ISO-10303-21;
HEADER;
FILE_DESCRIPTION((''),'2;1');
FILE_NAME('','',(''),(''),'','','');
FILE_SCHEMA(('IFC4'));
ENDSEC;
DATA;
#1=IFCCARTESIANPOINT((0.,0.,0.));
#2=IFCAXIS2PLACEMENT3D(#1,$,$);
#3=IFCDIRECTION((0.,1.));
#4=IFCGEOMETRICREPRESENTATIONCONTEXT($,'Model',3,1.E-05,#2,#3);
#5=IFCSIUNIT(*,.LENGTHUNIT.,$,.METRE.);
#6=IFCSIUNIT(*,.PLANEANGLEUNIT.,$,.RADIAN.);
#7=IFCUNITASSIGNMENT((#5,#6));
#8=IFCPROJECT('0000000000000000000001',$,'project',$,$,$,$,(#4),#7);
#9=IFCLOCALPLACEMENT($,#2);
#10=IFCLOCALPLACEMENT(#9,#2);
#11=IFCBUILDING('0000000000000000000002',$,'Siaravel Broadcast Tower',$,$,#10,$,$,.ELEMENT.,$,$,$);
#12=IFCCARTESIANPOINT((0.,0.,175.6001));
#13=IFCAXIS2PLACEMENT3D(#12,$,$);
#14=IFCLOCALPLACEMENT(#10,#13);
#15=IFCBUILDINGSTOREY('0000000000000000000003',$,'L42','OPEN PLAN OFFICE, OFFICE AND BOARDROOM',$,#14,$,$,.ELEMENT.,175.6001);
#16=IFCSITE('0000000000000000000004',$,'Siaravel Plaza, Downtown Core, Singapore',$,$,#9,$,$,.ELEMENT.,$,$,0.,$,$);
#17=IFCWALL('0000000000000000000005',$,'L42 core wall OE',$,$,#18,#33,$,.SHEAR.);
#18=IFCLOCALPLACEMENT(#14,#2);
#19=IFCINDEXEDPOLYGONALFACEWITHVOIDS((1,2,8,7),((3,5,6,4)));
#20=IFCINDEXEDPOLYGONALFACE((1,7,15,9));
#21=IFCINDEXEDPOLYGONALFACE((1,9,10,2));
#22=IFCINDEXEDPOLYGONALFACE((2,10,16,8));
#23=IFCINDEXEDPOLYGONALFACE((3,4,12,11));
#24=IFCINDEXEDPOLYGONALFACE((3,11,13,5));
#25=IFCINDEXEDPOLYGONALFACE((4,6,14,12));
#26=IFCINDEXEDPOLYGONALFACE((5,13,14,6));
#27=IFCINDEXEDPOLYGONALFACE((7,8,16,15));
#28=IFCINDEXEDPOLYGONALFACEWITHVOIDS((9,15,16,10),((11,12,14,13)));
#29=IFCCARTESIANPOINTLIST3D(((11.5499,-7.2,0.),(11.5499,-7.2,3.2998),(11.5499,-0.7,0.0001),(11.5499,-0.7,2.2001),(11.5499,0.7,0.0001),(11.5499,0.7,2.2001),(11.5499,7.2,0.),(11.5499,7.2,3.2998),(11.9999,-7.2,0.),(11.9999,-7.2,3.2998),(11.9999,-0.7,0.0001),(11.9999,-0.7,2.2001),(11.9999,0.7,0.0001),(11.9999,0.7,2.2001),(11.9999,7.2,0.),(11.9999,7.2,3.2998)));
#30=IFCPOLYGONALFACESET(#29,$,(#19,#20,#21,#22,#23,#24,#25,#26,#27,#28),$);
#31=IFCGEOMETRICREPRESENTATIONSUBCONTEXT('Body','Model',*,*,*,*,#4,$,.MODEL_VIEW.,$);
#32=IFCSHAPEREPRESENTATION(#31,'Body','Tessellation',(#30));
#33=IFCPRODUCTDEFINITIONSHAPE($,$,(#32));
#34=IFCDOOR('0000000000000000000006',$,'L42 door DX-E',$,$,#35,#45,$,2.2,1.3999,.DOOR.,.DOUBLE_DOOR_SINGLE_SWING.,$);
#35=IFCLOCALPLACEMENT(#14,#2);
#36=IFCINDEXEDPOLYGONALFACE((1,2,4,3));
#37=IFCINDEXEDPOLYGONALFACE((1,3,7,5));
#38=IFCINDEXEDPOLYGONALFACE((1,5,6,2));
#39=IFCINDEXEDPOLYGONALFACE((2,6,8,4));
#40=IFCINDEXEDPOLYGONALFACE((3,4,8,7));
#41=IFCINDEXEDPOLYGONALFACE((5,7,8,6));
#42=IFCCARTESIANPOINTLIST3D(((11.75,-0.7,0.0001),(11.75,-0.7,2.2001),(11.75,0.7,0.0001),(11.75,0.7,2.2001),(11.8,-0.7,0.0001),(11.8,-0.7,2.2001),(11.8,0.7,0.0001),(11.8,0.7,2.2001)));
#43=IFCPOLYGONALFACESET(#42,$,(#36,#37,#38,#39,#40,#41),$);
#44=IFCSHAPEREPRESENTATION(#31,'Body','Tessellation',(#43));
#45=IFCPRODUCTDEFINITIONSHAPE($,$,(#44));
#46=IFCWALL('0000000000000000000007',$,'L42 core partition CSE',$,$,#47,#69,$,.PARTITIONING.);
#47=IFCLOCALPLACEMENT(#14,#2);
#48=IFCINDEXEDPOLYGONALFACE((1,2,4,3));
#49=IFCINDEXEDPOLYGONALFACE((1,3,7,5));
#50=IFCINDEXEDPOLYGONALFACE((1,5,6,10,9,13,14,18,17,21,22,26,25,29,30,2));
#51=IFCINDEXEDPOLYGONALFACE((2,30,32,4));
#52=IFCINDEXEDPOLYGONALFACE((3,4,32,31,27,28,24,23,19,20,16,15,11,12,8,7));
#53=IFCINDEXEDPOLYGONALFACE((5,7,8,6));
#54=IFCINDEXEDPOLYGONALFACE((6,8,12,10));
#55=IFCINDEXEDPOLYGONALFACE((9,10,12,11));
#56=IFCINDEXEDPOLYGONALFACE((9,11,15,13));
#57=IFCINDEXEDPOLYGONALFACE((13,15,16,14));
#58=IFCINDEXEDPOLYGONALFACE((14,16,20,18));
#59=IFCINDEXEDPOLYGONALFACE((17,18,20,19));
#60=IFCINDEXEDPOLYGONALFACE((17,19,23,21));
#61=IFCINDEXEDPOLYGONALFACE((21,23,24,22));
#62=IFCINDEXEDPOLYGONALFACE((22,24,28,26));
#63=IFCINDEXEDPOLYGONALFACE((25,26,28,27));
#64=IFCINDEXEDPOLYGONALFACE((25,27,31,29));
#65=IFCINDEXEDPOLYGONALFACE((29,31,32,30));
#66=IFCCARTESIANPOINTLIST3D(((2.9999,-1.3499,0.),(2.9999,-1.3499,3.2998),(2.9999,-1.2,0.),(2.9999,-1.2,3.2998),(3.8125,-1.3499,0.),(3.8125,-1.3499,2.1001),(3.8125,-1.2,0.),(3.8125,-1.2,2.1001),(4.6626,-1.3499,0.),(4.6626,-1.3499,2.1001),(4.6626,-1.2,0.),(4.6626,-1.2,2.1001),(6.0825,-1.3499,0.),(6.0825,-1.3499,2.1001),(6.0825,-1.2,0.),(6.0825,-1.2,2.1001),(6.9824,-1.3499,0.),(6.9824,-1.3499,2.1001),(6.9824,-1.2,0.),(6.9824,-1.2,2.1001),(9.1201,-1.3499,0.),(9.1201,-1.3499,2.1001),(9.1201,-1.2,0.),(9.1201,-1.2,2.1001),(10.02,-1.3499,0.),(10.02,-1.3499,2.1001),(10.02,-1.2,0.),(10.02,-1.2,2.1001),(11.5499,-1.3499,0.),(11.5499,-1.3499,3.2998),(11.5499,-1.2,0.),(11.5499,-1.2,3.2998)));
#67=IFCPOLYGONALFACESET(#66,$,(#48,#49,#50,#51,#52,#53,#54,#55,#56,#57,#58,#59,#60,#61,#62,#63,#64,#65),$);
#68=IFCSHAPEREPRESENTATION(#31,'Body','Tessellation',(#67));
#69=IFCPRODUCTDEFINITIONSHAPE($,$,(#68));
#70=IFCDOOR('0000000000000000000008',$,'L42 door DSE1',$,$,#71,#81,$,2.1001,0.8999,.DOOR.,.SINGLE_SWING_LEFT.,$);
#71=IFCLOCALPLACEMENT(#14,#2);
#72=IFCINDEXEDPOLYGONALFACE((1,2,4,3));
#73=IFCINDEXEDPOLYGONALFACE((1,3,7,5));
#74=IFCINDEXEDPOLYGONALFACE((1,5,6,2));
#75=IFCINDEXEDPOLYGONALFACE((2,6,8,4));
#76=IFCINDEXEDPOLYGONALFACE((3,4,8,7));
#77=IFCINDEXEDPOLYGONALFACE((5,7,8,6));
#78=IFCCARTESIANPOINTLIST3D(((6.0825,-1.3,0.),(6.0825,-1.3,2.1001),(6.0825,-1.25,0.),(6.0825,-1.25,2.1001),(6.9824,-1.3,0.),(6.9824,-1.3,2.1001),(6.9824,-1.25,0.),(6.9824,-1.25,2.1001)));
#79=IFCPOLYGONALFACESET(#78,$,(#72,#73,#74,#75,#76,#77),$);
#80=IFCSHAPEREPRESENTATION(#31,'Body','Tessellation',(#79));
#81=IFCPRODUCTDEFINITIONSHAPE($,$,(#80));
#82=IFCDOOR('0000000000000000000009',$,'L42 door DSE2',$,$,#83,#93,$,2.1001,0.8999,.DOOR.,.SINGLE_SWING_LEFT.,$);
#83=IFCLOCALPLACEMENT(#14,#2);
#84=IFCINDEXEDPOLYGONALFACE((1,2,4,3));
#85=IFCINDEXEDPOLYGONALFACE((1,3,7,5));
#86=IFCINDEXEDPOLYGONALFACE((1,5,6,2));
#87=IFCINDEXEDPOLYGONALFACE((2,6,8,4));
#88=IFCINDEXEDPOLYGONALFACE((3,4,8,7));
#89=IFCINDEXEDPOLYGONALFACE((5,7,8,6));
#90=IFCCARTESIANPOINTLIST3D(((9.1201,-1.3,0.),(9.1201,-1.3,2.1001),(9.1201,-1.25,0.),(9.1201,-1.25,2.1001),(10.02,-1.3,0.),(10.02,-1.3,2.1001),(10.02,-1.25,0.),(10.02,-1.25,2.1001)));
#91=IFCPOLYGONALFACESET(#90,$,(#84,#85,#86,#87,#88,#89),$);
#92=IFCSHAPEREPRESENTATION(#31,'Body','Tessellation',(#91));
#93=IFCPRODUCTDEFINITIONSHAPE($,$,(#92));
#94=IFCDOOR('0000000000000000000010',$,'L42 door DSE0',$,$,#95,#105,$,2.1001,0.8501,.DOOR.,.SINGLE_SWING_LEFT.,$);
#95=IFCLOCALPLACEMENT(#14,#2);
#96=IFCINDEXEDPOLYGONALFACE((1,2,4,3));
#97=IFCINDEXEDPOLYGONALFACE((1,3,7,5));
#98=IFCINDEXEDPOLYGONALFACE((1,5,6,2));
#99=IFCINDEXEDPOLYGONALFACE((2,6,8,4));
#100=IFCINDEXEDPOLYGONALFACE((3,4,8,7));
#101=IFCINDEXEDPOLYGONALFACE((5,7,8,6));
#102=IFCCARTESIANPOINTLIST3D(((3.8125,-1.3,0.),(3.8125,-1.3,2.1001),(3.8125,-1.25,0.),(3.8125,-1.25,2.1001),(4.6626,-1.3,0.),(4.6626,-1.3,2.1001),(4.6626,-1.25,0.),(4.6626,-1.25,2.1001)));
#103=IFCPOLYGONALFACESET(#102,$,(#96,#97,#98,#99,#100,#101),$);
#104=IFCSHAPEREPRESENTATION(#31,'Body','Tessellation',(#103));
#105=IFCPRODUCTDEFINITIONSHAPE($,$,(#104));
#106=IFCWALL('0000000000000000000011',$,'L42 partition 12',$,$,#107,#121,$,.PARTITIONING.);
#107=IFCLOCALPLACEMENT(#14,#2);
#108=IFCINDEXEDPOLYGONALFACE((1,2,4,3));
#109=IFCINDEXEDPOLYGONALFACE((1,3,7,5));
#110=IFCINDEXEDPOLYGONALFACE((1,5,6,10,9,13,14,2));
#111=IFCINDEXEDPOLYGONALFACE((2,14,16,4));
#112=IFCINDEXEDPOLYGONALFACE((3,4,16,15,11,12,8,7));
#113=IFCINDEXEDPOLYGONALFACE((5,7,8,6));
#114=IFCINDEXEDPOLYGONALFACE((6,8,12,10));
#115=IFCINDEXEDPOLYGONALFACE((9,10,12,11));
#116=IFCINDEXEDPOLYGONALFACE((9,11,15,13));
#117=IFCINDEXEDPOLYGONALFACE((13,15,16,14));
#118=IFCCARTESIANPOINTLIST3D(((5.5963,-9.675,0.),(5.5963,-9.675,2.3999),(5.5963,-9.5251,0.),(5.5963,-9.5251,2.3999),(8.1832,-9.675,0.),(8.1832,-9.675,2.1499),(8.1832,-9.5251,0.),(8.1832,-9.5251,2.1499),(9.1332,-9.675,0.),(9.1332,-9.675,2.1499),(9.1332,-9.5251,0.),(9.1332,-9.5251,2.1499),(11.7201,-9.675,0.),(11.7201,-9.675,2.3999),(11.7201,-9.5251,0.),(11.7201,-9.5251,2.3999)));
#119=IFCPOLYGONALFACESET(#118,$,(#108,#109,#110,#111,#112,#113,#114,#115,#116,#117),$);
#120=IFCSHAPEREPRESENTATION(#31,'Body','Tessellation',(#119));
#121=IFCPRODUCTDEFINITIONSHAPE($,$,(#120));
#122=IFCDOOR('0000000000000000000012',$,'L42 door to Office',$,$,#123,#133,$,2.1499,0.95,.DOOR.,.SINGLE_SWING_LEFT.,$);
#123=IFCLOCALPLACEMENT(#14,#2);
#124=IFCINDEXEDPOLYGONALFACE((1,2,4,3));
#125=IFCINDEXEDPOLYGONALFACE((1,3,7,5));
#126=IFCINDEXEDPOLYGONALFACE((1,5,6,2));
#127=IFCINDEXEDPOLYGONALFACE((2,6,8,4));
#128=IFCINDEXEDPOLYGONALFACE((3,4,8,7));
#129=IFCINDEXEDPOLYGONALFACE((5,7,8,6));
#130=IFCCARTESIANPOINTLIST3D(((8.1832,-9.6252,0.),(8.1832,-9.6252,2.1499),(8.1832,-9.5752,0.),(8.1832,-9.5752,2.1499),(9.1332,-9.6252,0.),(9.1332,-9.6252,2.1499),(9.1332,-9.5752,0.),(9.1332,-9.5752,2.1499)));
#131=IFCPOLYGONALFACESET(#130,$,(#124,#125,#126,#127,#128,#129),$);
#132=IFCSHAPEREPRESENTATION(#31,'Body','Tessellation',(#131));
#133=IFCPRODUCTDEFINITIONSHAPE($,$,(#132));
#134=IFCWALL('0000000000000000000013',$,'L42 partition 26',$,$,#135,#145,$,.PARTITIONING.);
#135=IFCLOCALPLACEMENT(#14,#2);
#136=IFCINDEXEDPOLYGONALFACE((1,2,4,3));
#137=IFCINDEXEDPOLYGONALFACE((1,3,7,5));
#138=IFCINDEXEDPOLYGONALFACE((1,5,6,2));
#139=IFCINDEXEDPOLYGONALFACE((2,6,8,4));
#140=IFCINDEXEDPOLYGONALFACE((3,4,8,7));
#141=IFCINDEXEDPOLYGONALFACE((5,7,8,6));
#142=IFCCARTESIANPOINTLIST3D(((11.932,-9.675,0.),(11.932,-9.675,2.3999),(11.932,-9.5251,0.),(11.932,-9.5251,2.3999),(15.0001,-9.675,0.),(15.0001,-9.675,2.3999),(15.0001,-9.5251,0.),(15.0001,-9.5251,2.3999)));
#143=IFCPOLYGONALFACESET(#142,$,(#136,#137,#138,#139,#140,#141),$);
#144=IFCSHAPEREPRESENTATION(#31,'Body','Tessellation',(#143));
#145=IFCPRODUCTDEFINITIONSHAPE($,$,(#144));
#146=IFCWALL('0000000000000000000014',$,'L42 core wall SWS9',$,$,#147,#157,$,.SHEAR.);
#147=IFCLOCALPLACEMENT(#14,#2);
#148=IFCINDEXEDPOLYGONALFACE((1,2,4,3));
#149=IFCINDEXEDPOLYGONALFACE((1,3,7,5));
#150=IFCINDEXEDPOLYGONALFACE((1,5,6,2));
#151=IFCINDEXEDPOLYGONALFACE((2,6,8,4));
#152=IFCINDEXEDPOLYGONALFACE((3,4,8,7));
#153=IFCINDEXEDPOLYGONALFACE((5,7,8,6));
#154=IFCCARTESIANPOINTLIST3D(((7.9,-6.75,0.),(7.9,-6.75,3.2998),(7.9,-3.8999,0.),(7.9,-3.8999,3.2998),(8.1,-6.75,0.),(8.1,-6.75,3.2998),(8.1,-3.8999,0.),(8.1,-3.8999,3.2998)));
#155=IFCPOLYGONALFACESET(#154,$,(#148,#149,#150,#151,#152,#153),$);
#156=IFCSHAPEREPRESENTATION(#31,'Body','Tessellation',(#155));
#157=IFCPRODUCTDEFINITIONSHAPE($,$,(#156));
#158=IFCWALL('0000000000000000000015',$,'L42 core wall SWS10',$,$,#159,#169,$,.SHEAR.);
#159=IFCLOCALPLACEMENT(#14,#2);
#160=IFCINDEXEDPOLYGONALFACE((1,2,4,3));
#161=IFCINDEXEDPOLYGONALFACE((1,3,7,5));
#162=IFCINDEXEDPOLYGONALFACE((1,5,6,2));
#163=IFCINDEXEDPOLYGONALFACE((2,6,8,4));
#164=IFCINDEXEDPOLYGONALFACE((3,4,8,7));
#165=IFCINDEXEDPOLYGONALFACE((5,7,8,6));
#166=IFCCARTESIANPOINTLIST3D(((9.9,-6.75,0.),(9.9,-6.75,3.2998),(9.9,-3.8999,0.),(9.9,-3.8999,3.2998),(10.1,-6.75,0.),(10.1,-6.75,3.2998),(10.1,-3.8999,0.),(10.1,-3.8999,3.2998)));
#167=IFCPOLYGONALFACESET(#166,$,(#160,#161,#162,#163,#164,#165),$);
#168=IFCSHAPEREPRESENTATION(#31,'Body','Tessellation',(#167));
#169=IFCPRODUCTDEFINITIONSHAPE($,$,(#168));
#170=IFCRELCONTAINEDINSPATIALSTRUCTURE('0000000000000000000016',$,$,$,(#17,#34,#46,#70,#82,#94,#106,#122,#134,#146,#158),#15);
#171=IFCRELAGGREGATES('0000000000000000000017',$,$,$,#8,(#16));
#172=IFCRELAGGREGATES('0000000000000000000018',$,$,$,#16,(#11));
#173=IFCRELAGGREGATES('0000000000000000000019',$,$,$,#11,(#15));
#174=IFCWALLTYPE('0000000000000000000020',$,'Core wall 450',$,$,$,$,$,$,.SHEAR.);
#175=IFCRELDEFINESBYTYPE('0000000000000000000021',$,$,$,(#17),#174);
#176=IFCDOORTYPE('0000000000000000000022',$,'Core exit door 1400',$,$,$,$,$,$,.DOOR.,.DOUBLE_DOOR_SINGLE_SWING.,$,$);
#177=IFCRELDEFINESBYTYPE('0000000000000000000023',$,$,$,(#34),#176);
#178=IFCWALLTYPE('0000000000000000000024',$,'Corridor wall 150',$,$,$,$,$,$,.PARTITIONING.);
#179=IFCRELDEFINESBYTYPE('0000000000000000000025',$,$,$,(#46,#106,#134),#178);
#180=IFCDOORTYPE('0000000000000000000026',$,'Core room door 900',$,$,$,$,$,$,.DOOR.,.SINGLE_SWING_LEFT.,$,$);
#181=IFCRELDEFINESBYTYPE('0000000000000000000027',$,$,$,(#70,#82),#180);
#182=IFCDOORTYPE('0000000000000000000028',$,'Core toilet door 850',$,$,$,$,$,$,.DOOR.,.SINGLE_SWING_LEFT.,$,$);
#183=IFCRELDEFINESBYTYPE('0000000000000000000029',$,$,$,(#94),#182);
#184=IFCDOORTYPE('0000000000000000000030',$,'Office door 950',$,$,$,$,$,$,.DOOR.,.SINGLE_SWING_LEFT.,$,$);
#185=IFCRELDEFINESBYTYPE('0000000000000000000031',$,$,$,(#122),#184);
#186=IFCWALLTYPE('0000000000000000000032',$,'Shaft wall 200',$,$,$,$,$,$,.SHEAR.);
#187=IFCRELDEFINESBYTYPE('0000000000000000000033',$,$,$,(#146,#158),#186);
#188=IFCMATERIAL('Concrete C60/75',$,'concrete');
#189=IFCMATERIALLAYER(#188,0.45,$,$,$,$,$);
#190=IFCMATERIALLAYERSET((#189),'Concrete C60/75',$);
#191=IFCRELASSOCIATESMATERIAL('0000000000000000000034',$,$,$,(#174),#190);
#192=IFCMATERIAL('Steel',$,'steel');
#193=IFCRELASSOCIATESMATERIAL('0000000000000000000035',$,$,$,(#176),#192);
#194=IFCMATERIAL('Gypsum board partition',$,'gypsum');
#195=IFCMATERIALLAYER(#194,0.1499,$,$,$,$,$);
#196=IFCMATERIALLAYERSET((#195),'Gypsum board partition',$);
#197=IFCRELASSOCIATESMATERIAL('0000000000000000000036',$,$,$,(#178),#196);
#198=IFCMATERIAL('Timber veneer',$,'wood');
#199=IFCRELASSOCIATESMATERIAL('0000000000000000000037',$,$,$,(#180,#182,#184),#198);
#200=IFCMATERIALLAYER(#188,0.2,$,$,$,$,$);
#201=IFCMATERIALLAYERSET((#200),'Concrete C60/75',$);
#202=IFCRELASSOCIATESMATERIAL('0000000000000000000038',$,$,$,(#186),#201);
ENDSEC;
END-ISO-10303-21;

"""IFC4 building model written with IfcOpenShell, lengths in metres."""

from ifc_helpers import new_model, si_unit, direction, frame, frame_2d, origin, place, context, subcontext, project, spatial, rectangle, extrude, material, layer, layer_set, type_object, element, fill, save


model = new_model("IFC4")

# Units and contexts
model_context = context("Model", 3, precision=1e-05, world=origin(), true_north=direction((0.0, 1.0)))
body_context = subcontext(model_context, "Body", "Model", "MODEL_VIEW")
ifc_project = project(units=[si_unit("LENGTHUNIT", "METRE"), si_unit("PLANEANGLEUNIT", "RADIAN")], contexts=[model_context])

# Site, building, storey
site_placement = place(None, origin())
site = spatial("IfcSite", under=ifc_project, at=site_placement, Name="Siaravel Plaza, Downtown Core, Singapore", CompositionType="ELEMENT", RefElevation=0.0)
building_placement = place(site_placement, origin())
building = spatial("IfcBuilding", under=site, at=building_placement, Name="Siaravel Broadcast Tower", CompositionType="ELEMENT")
storey_placement = place(building_placement, frame((0.0, 0.0, 175.6001)))
storey = spatial("IfcBuildingStorey", under=building, at=storey_placement, Name="L42", Description="OPEN PLAN OFFICE, OFFICE AND BOARDROOM", CompositionType="ELEMENT", Elevation=175.6001)

# Shared definitions
ifc_material_1 = material(Name="Concrete C60/75", Category="concrete")

# Wall, opening, door
ifc_layer_1 = layer(ifc_material_1, 0.45)
ifc_layer_set_1 = layer_set([ifc_layer_1], Name="Concrete C60/75")
wall_type_1 = type_object("IfcWallType", Name="Core wall 450", PredefinedType="SHEAR", material=ifc_layer_set_1)
wall_1_placement = place(storey_placement, frame((11.7749, -7.2, 0.0), z_axis=(0.0, 0.0, 1.0), x_axis=(0.0, 1.0, 0.0)))
wall_1 = element("IfcWall", 1, at=wall_1_placement, inside=storey, type_object=wall_type_1, Name="L42 core wall OE", PredefinedType="SHEAR", context=body_context, shape_type="SweptSolid", body=[
    extrude(rectangle(XDim=14.3999, YDim=0.45, at=frame_2d((7.2, 0.0))), origin(), (0.0, 0.0, 1.0), 3.2998),
])
opening_1_placement = place(wall_1_placement, frame((6.5, 0.0, 0.0)))
opening_1 = element("IfcOpeningElement", 2, at=opening_1_placement, cuts=wall_1, PredefinedType="OPENING", context=body_context, shape_type="SweptSolid", body=[
    extrude(rectangle(XDim=1.3999, YDim=2.2, at=frame_2d((0.7, 1.1001))), frame((0.0, 0.2349, 0.0), z_axis=(0.0, -1.0, 0.0), x_axis=(1.0, 0.0, 0.0)), (0.0, 0.0, 1.0), 0.47),
])
ifc_material_2 = material(Name="Steel", Category="steel")
door_type_1 = type_object("IfcDoorType", Name="Core exit door 1400", OperationType="DOUBLE_DOOR_SINGLE_SWING", PredefinedType="DOOR", material=ifc_material_2)
door_1_placement = place(opening_1_placement, origin())
door_1 = element("IfcDoor", 3, at=door_1_placement, inside=storey, type_object=door_type_1, Name="L42 door DX-E", OperationType="DOUBLE_DOOR_SINGLE_SWING", OverallHeight=2.2, OverallWidth=1.3999, PredefinedType="DOOR", context=body_context, shape_type="SweptSolid", body=[
    extrude(rectangle(XDim=1.3999, YDim=2.2, at=frame_2d((0.7, 1.1001))), frame((0.0, 0.0249, 0.0), z_axis=(0.0, -1.0, 0.0), x_axis=(1.0, 0.0, 0.0)), (0.0, 0.0, 1.0), 0.05),
])
fill(opening_1, door_1)

# Wall, openings, doors
ifc_material_3 = material(Name="Gypsum board partition", Category="gypsum")
ifc_layer_2 = layer(ifc_material_3, 0.1499)
ifc_layer_set_2 = layer_set([ifc_layer_2], Name="Gypsum board partition")
wall_type_2 = type_object("IfcWallType", Name="Corridor wall 150", PredefinedType="PARTITIONING", material=ifc_layer_set_2)
wall_2_placement = place(storey_placement, frame((3.0, -1.2749, 0.0), z_axis=(0.0, 0.0, 1.0), x_axis=(1.0, 0.0, 0.0)))
wall_2 = element("IfcWall", 4, at=wall_2_placement, inside=storey, type_object=wall_type_2, Name="L42 core partition CSE", PredefinedType="PARTITIONING", context=body_context, shape_type="SweptSolid", body=[
    extrude(rectangle(XDim=8.55, YDim=0.1499, at=frame_2d((4.2749, 0.0))), origin(), (0.0, 0.0, 1.0), 3.2998),
])
opening_2_placement = place(wall_2_placement, frame((0.8125, 0.0, 0.0)))
opening_2 = element("IfcOpeningElement", 5, at=opening_2_placement, cuts=wall_2, PredefinedType="OPENING", context=body_context, shape_type="SweptSolid", body=[
    extrude(rectangle(XDim=0.8501, YDim=2.1001, at=frame_2d((0.425, 1.05))), frame((0.0, 0.085, 0.0), z_axis=(0.0, -1.0, 0.0), x_axis=(1.0, 0.0, 0.0)), (0.0, 0.0, 1.0), 0.1699),
])
opening_3_placement = place(wall_2_placement, frame((3.0825, 0.0, 0.0)))
opening_3 = element("IfcOpeningElement", 6, at=opening_3_placement, cuts=wall_2, PredefinedType="OPENING", context=body_context, shape_type="SweptSolid", body=[
    extrude(rectangle(XDim=0.8999, YDim=2.1001, at=frame_2d((0.45, 1.05))), frame((0.0, 0.085, 0.0), z_axis=(0.0, -1.0, 0.0), x_axis=(1.0, 0.0, 0.0)), (0.0, 0.0, 1.0), 0.1699),
])
opening_4_placement = place(wall_2_placement, frame((6.1201, 0.0, 0.0)))
opening_4 = element("IfcOpeningElement", 7, at=opening_4_placement, cuts=wall_2, PredefinedType="OPENING", context=body_context, shape_type="SweptSolid", body=[
    extrude(rectangle(XDim=0.8999, YDim=2.1001, at=frame_2d((0.45, 1.05))), frame((0.0, 0.085, 0.0), z_axis=(0.0, -1.0, 0.0), x_axis=(1.0, 0.0, 0.0)), (0.0, 0.0, 1.0), 0.1699),
])
ifc_material_4 = material(Name="Timber veneer", Category="wood")
door_type_2 = type_object("IfcDoorType", Name="Core room door 900", OperationType="SINGLE_SWING_LEFT", PredefinedType="DOOR", material=ifc_material_4)
door_2_placement = place(opening_3_placement, origin())
door_2 = element("IfcDoor", 8, at=door_2_placement, inside=storey, type_object=door_type_2, Name="L42 door DSE1", OperationType="SINGLE_SWING_LEFT", OverallHeight=2.1001, OverallWidth=0.8999, PredefinedType="DOOR", context=body_context, shape_type="SweptSolid", body=[
    extrude(rectangle(XDim=0.8999, YDim=2.1001, at=frame_2d((0.45, 1.05))), frame((0.0, 0.0249, 0.0), z_axis=(0.0, -1.0, 0.0), x_axis=(1.0, 0.0, 0.0)), (0.0, 0.0, 1.0), 0.05),
])
fill(opening_3, door_2)
door_3_placement = place(opening_4_placement, origin())
door_3 = element("IfcDoor", 9, at=door_3_placement, inside=storey, type_object=door_type_2, Name="L42 door DSE2", OperationType="SINGLE_SWING_LEFT", OverallHeight=2.1001, OverallWidth=0.8999, PredefinedType="DOOR", context=body_context, shape_type="SweptSolid", body=[
    extrude(rectangle(XDim=0.8999, YDim=2.1001, at=frame_2d((0.45, 1.05))), frame((0.0, 0.0249, 0.0), z_axis=(0.0, -1.0, 0.0), x_axis=(1.0, 0.0, 0.0)), (0.0, 0.0, 1.0), 0.05),
])
fill(opening_4, door_3)
door_type_3 = type_object("IfcDoorType", Name="Core toilet door 850", OperationType="SINGLE_SWING_LEFT", PredefinedType="DOOR", material=ifc_material_4)
door_4_placement = place(opening_2_placement, origin())
door_4 = element("IfcDoor", 10, at=door_4_placement, inside=storey, type_object=door_type_3, Name="L42 door DSE0", OperationType="SINGLE_SWING_LEFT", OverallHeight=2.1001, OverallWidth=0.8501, PredefinedType="DOOR", context=body_context, shape_type="SweptSolid", body=[
    extrude(rectangle(XDim=0.8501, YDim=2.1001, at=frame_2d((0.425, 1.05))), frame((0.0, 0.0249, 0.0), z_axis=(0.0, -1.0, 0.0), x_axis=(1.0, 0.0, 0.0)), (0.0, 0.0, 1.0), 0.05),
])
fill(opening_2, door_4)

# Wall, opening, door
wall_3_placement = place(storey_placement, frame((5.5962, -9.6001, 0.0), z_axis=(0.0, 0.0, 1.0), x_axis=(1.0, 0.0, 0.0)))
wall_3 = element("IfcWall", 11, at=wall_3_placement, inside=storey, type_object=wall_type_2, Name="L42 partition 12", PredefinedType="PARTITIONING", context=body_context, shape_type="SweptSolid", body=[
    extrude(rectangle(XDim=6.1238, YDim=0.1499, at=frame_2d((3.062, 0.0))), origin(), (0.0, 0.0, 1.0), 2.3999),
])
opening_5_placement = place(wall_3_placement, frame((2.5869, 0.0, 0.0)))
opening_5 = element("IfcOpeningElement", 12, at=opening_5_placement, cuts=wall_3, PredefinedType="OPENING", context=body_context, shape_type="SweptSolid", body=[
    extrude(rectangle(XDim=0.95, YDim=2.1499, at=frame_2d((0.4751, 1.075))), frame((0.0, 0.085, 0.0), z_axis=(0.0, -1.0, 0.0), x_axis=(1.0, 0.0, 0.0)), (0.0, 0.0, 1.0), 0.1699),
])
door_type_4 = type_object("IfcDoorType", Name="Office door 950", OperationType="SINGLE_SWING_LEFT", PredefinedType="DOOR", material=ifc_material_4)
door_5_placement = place(opening_5_placement, origin())
door_5 = element("IfcDoor", 13, at=door_5_placement, inside=storey, type_object=door_type_4, Name="L42 door to Office", OperationType="SINGLE_SWING_LEFT", OverallHeight=2.1499, OverallWidth=0.95, PredefinedType="DOOR", context=body_context, shape_type="SweptSolid", body=[
    extrude(rectangle(XDim=0.95, YDim=2.1499, at=frame_2d((0.4751, 1.075))), frame((0.0, 0.0249, 0.0), z_axis=(0.0, -1.0, 0.0), x_axis=(1.0, 0.0, 0.0)), (0.0, 0.0, 1.0), 0.05),
])
fill(opening_5, door_5)

# Walls
wall_4_placement = place(storey_placement, frame((11.9319, -9.6001, 0.0), z_axis=(0.0, 0.0, 1.0), x_axis=(1.0, 0.0, 0.0)))
element("IfcWall", 14, at=wall_4_placement, inside=storey, type_object=wall_type_2, Name="L42 partition 26", PredefinedType="PARTITIONING", context=body_context, shape_type="SweptSolid", body=[
    extrude(rectangle(XDim=3.0681, YDim=0.1499, at=frame_2d((1.5342, 0.0))), origin(), (0.0, 0.0, 1.0), 2.3999),
])
ifc_layer_3 = layer(ifc_material_1, 0.2)
ifc_layer_set_3 = layer_set([ifc_layer_3], Name="Concrete C60/75")
wall_type_3 = type_object("IfcWallType", Name="Shaft wall 200", PredefinedType="SHEAR", material=ifc_layer_set_3)
for number, where, z_axis, x_axis, name in (
    (15, (8.0, -6.75, 0.0), (0.0, 0.0, 1.0), (0.0, 1.0, 0.0), "L42 core wall SWS9"),
    (16, (10.0, -6.75, 0.0), (0.0, 0.0, 1.0), (0.0, 1.0, 0.0), "L42 core wall SWS10"),
):
    element("IfcWall", number, at=place(storey_placement, frame(where, z_axis=z_axis, x_axis=x_axis)), inside=storey, type_object=wall_type_3, Name=name, PredefinedType="SHEAR", context=body_context, shape_type="SweptSolid", body=[
        extrude(rectangle(XDim=2.8501, YDim=0.2, at=frame_2d((1.425, 0.0))), origin(), (0.0, 0.0, 1.0), 3.2998),
    ])

save(model, "model.ifc")
